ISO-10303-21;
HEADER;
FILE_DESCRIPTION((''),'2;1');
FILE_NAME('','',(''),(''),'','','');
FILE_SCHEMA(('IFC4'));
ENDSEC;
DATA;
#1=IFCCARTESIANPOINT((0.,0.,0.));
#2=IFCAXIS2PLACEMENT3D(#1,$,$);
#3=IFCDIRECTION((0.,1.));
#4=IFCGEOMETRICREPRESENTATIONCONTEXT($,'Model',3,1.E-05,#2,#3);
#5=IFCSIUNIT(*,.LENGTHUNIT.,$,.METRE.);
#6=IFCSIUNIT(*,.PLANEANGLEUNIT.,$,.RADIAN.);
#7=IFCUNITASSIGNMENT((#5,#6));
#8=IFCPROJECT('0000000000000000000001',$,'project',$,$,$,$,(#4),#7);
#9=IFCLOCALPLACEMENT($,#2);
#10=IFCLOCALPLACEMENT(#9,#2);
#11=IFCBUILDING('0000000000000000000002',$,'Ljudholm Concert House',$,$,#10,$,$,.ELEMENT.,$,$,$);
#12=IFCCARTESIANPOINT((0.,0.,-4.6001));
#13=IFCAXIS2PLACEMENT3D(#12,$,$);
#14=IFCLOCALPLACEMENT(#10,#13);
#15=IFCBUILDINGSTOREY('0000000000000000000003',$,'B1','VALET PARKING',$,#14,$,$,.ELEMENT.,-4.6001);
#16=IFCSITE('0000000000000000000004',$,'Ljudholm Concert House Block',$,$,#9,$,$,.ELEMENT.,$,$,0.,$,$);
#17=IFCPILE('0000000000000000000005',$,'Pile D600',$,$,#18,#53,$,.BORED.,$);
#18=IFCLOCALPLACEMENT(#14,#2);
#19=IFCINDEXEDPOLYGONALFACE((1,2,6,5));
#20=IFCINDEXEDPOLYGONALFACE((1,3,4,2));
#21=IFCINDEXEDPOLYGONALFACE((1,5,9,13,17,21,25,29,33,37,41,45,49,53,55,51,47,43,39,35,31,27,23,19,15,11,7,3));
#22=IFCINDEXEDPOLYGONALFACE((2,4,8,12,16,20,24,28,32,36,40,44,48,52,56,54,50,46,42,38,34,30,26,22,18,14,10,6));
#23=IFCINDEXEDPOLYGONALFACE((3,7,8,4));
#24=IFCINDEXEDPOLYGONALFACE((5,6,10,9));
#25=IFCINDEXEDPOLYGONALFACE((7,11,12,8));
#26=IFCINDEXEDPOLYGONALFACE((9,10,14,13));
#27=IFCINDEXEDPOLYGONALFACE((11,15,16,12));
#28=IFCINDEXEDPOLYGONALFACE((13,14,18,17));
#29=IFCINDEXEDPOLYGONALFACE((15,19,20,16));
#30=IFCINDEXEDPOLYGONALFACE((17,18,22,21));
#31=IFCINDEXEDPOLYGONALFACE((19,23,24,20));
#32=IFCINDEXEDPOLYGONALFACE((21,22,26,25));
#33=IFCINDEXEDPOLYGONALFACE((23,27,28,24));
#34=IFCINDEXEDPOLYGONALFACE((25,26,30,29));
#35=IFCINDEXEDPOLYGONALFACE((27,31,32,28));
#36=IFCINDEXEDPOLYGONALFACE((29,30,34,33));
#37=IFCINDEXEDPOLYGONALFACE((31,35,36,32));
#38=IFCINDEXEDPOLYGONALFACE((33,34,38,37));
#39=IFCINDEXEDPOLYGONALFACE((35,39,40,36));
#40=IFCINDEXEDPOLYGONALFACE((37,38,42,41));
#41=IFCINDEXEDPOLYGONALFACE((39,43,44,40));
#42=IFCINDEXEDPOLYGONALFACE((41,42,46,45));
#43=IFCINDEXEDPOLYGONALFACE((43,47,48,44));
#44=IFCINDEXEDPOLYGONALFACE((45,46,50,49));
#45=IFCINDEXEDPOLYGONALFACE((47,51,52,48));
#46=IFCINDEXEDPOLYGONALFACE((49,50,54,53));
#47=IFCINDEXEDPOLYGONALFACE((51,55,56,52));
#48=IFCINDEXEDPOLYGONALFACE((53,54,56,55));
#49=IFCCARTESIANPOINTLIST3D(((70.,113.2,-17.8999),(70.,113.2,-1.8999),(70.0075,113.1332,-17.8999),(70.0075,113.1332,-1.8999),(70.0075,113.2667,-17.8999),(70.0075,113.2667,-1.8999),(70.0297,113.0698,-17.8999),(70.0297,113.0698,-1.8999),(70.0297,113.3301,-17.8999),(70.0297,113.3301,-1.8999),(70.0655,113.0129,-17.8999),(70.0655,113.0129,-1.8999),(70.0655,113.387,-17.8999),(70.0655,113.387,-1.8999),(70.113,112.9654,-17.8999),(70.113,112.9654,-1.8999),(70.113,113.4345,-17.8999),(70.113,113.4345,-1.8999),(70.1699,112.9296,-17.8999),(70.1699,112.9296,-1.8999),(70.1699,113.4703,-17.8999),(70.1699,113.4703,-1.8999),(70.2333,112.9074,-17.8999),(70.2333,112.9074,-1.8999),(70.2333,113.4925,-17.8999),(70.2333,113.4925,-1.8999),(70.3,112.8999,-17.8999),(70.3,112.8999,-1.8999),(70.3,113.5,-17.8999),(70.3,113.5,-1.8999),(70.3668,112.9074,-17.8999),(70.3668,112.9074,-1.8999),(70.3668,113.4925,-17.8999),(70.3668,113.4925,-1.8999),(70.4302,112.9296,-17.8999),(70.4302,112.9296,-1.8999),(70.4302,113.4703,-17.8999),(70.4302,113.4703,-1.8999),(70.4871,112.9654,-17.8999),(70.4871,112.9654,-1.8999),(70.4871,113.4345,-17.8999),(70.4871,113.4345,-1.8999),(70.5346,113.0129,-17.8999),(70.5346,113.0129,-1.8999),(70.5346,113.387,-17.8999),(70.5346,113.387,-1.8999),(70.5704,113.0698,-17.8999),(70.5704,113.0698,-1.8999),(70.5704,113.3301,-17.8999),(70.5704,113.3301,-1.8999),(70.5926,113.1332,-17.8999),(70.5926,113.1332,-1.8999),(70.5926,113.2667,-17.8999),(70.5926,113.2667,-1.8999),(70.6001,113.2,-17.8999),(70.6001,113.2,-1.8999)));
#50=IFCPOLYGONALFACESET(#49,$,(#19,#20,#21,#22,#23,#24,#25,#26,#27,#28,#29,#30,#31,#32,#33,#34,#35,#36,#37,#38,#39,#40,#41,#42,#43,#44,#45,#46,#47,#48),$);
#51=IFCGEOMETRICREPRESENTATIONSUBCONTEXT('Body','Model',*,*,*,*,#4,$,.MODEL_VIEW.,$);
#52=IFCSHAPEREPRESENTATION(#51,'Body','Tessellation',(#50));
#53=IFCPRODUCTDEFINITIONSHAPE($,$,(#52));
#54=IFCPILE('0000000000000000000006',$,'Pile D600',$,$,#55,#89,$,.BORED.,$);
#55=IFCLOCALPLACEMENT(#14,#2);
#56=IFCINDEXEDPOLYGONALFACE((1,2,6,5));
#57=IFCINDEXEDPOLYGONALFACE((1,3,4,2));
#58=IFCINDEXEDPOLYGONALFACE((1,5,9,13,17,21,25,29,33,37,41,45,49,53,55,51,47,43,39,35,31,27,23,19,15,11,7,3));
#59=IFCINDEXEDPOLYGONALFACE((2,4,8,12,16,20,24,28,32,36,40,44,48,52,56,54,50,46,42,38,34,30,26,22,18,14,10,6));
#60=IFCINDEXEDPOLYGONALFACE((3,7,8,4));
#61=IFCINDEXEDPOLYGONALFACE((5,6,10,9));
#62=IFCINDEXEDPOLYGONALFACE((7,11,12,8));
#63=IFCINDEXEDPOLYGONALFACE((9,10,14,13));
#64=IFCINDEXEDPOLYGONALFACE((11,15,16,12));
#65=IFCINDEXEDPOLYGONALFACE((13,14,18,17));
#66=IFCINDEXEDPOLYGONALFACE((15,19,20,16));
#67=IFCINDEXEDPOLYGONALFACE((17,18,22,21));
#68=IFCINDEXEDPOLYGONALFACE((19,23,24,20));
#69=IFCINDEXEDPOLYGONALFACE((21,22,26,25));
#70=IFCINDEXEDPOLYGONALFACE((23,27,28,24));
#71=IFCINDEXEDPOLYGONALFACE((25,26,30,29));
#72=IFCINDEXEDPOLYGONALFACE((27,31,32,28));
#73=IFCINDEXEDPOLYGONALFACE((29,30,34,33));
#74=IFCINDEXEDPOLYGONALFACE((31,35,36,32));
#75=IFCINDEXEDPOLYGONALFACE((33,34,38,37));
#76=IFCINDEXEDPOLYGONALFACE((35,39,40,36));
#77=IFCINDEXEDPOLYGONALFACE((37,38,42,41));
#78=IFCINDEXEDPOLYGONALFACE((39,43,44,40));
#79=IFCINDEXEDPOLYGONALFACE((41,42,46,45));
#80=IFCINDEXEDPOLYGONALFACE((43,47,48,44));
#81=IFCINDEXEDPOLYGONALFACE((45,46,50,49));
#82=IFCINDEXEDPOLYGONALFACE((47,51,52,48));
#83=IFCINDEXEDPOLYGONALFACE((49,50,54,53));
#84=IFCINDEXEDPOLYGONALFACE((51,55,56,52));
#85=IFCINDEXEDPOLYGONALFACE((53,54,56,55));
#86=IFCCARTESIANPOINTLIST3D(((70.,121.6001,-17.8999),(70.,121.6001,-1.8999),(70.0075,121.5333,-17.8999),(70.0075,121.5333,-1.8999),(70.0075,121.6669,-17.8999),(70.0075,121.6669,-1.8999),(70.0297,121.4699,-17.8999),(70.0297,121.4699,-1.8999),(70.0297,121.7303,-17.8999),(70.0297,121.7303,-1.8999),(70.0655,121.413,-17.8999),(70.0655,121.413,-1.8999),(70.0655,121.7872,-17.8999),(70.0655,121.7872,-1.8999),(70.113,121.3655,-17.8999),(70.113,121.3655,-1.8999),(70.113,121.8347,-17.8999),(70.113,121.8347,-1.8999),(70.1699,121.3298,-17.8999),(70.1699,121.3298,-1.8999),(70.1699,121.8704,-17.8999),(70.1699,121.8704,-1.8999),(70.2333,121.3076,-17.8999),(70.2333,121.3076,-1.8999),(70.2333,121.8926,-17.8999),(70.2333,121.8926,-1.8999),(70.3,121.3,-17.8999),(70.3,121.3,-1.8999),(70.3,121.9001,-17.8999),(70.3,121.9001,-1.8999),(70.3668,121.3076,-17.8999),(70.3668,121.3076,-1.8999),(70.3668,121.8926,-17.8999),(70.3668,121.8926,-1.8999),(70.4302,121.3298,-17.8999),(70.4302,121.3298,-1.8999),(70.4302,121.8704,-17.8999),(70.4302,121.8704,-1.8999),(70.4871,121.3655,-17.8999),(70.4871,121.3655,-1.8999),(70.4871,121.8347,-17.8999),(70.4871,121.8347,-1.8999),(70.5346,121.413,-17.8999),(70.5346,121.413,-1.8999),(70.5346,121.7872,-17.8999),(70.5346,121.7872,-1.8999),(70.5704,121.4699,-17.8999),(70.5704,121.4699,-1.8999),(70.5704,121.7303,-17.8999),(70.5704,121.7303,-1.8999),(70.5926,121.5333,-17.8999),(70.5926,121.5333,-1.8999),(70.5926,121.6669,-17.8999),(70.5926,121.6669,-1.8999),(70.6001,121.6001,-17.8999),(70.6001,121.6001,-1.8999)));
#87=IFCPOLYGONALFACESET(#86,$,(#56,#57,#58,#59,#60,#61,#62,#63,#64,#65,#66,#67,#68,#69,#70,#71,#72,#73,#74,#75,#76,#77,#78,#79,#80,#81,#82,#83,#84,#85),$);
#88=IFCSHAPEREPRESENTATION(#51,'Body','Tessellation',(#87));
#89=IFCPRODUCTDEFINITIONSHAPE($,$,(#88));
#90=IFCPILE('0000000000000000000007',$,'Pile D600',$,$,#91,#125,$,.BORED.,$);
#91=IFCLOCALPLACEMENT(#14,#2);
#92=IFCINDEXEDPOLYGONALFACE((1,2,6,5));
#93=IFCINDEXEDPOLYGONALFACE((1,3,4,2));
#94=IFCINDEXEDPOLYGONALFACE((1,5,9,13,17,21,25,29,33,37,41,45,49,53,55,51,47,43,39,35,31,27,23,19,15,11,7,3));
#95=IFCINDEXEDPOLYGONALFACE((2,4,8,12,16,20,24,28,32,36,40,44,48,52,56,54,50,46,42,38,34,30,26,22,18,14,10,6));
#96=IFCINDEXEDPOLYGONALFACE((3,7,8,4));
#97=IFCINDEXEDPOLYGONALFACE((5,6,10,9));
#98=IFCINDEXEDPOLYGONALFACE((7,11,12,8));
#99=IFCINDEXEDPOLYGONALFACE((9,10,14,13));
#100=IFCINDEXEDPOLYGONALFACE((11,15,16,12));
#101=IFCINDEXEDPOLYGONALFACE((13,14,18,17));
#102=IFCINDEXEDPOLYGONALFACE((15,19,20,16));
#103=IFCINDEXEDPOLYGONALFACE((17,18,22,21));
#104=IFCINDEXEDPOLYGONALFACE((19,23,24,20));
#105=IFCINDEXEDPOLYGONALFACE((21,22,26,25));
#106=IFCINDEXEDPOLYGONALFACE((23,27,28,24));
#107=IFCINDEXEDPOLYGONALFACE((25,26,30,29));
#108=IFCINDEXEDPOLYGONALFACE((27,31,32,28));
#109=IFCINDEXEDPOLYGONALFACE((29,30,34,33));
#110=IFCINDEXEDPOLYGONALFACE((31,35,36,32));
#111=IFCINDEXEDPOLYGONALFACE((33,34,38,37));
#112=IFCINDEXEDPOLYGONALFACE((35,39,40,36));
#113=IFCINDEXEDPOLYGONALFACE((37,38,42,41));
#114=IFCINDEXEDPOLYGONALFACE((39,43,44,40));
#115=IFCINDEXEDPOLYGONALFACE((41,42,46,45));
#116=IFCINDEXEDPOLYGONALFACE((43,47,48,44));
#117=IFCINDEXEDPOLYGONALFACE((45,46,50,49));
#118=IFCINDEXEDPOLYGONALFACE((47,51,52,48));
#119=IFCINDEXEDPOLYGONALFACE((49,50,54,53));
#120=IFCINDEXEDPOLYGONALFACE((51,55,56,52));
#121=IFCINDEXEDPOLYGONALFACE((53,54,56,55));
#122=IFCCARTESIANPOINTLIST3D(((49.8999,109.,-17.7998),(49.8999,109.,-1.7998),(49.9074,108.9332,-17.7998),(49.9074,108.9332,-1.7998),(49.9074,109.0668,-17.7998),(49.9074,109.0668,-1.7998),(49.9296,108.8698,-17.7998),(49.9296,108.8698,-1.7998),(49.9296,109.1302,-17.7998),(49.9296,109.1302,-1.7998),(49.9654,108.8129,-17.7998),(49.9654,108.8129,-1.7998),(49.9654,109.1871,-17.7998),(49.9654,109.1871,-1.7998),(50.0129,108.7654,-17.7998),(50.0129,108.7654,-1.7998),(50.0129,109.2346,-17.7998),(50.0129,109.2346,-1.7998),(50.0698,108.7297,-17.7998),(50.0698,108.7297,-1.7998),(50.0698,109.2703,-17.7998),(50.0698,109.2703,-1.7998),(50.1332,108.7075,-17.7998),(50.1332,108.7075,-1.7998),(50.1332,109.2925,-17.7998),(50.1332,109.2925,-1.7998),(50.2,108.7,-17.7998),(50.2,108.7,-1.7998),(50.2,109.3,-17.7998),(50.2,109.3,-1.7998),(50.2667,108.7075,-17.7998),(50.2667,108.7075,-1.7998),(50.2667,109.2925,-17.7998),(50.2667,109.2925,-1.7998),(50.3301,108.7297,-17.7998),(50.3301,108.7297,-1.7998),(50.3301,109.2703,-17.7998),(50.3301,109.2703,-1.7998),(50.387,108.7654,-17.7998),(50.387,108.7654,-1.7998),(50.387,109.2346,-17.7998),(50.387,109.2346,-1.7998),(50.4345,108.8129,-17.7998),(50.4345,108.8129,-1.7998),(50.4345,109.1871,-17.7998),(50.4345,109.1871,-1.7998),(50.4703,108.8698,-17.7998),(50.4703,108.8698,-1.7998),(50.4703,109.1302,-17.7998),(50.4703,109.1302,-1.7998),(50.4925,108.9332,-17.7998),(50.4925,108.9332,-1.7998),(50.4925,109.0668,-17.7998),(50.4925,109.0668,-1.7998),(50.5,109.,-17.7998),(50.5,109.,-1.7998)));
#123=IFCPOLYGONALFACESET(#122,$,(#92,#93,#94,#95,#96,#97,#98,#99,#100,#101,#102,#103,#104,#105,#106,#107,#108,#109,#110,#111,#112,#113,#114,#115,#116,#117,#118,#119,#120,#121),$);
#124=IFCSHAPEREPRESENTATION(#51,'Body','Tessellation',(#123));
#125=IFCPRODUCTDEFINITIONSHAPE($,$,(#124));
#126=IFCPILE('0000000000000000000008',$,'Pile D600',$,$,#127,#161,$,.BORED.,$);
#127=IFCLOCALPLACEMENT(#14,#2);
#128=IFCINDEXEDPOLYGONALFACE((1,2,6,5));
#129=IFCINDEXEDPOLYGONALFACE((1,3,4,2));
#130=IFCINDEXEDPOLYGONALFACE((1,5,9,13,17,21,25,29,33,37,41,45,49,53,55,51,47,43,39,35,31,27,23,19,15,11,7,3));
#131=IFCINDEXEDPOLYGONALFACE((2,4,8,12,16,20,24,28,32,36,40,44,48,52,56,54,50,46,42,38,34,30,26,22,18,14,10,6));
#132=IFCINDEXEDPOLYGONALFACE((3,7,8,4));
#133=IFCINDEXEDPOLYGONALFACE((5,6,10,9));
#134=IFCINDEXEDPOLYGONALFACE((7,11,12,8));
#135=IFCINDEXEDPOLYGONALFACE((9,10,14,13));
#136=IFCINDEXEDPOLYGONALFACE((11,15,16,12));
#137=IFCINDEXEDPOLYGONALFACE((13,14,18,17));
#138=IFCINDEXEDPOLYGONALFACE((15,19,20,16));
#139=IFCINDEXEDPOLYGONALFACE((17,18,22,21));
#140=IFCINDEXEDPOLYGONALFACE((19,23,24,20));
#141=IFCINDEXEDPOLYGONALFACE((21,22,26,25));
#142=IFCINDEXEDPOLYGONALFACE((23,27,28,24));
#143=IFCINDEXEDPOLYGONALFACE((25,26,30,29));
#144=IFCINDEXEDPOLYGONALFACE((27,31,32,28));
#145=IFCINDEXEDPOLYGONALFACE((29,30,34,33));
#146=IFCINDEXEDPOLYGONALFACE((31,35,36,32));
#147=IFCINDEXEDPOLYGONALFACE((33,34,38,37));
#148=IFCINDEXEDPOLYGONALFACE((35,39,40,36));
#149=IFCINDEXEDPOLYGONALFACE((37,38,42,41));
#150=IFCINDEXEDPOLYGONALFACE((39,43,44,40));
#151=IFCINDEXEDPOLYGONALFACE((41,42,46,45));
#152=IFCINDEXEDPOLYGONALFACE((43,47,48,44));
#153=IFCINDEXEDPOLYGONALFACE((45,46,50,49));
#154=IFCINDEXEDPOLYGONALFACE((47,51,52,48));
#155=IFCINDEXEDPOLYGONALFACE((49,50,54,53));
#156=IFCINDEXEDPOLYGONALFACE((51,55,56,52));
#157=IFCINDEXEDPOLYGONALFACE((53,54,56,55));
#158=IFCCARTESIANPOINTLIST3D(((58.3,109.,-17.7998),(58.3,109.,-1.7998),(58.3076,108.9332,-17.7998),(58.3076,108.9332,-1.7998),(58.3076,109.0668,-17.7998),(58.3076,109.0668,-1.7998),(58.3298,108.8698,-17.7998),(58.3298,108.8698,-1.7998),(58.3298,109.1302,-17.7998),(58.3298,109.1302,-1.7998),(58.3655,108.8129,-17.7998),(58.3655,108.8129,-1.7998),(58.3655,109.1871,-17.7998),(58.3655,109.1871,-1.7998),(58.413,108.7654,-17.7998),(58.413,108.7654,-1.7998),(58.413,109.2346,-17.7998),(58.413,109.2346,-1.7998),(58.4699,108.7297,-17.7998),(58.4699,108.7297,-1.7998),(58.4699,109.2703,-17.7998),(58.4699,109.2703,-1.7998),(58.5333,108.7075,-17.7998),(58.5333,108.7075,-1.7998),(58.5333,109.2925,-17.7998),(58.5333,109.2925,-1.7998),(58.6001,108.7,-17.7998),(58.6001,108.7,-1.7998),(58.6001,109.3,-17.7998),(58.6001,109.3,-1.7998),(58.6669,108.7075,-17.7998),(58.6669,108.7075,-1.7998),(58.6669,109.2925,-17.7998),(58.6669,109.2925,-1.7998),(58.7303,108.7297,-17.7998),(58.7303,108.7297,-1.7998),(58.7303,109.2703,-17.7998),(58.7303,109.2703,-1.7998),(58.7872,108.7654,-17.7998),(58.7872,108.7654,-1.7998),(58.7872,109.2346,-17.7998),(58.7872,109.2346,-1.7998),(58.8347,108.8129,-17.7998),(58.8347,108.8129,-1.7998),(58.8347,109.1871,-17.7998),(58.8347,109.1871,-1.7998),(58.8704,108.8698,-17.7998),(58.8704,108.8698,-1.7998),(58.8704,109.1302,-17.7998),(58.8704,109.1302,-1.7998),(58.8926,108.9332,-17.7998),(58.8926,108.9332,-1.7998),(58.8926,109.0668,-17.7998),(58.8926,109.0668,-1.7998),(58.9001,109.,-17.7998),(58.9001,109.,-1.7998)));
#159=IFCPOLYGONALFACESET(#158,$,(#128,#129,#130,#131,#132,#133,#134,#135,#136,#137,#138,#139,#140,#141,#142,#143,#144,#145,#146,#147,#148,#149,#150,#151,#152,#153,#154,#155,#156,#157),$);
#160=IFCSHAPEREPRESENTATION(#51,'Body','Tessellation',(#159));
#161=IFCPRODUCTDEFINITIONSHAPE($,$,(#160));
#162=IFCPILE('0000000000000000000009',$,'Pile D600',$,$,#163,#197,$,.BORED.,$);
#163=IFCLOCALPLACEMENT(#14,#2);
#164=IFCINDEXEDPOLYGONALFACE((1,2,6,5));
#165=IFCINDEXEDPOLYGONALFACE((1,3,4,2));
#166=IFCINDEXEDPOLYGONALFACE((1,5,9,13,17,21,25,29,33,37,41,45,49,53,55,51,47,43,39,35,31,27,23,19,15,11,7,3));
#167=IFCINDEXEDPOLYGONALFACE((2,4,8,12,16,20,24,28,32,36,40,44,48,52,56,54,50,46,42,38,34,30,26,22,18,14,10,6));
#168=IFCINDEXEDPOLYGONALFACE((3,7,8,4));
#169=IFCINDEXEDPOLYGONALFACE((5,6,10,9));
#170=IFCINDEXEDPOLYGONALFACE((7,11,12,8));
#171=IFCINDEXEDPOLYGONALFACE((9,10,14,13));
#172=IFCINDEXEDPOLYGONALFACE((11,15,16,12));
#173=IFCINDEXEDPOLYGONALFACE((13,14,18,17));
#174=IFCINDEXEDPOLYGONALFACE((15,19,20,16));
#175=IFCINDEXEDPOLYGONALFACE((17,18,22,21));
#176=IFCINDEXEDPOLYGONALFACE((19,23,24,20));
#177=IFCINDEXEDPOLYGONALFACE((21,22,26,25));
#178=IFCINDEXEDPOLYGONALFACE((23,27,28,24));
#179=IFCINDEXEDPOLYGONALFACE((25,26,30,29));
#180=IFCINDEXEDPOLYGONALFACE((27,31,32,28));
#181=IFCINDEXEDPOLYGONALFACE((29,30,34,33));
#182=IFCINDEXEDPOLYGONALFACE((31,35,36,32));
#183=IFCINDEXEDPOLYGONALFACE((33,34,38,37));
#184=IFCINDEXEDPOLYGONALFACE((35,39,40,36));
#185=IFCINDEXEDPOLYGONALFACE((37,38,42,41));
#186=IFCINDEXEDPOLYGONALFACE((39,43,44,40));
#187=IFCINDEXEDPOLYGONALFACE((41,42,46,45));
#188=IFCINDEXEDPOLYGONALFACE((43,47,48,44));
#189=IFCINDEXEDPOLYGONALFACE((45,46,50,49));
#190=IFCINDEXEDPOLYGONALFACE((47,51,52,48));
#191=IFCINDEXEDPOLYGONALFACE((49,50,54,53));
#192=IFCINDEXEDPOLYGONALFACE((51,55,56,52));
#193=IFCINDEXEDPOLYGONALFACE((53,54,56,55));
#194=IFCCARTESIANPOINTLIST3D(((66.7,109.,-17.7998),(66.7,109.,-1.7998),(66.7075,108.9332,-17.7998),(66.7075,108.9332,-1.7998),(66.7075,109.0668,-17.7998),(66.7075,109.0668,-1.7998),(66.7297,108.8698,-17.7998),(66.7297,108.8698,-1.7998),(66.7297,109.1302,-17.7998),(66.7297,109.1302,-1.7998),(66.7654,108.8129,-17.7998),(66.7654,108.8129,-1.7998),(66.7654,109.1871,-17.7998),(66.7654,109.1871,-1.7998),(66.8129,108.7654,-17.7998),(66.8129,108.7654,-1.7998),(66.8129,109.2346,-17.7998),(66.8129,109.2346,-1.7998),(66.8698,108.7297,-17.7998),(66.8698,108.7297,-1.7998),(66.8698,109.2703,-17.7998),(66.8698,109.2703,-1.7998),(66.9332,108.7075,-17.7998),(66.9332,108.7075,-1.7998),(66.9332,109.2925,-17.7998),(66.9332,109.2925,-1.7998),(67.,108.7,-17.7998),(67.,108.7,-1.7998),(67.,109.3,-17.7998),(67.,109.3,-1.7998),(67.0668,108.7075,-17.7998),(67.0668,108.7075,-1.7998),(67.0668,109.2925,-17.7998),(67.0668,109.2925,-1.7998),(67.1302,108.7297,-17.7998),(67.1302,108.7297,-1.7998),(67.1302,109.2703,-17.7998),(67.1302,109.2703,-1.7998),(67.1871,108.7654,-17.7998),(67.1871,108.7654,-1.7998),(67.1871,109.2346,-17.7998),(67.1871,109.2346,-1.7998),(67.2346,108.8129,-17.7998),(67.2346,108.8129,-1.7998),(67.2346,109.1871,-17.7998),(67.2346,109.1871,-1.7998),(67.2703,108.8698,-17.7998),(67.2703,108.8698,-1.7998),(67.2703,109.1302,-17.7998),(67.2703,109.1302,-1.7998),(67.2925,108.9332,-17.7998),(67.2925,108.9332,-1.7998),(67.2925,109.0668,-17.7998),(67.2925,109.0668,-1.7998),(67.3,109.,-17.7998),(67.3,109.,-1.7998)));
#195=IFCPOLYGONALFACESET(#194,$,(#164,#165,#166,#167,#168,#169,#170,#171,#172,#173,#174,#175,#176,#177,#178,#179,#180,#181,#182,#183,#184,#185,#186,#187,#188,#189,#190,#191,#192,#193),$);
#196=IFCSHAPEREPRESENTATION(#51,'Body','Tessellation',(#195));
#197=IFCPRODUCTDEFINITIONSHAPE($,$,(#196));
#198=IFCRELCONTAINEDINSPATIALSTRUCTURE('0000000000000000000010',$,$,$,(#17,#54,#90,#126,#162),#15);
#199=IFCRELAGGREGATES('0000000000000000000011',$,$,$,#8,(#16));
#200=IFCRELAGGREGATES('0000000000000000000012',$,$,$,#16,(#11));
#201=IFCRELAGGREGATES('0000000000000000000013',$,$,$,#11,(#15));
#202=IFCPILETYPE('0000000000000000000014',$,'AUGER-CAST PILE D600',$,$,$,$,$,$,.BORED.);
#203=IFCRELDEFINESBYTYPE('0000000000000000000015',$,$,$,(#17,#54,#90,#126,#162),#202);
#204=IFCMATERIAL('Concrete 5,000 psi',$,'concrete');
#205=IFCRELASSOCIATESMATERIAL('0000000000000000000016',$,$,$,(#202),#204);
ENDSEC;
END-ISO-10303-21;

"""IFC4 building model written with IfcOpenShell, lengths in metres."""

from ifc_helpers import new_model, si_unit, direction, frame, origin, origin_2d, place, context, subcontext, project, spatial, circle, extrude, material, material_profile, profile_set, type_object, element, save


model = new_model("IFC4")

# Units and contexts
model_context = context("Model", 3, precision=1e-05, world=origin(), true_north=direction((0.0, 1.0)))
body_context = subcontext(model_context, "Body", "Model", "MODEL_VIEW")
ifc_project = project(units=[si_unit("LENGTHUNIT", "METRE"), si_unit("PLANEANGLEUNIT", "RADIAN")], contexts=[model_context])

# Site, building, storey
site_placement = place(None, origin())
site = spatial("IfcSite", under=ifc_project, at=site_placement, Name="Ljudholm Concert House Block", CompositionType="ELEMENT", RefElevation=0.0)
building_placement = place(site_placement, origin())
building = spatial("IfcBuilding", under=site, at=building_placement, Name="Ljudholm Concert House", CompositionType="ELEMENT")
storey_placement = place(building_placement, frame((0.0, 0.0, -4.6001)))
storey = spatial("IfcBuildingStorey", under=building, at=storey_placement, Name="B1", Description="VALET PARKING", CompositionType="ELEMENT", Elevation=-4.6001)

# Piles
ifc_material_1 = material(Name="Concrete 5,000 psi", Category="concrete")
ifc_material_profile_1 = material_profile(ifc_material_1, circle(Radius=0.3, at=origin_2d()), Name="AUGER-CAST PILE D600")
ifc_profile_set_1 = profile_set([ifc_material_profile_1], Name="Concrete 5,000 psi")
pile_type = type_object("IfcPileType", Name="AUGER-CAST PILE D600", PredefinedType="BORED", material=ifc_profile_set_1)
for number, where, z_axis, x_axis, name in (
    (1, (70.3, 113.2, -1.8999), (0.0, 0.0, -1.0), (1.0, 0.0, 0.0), "Pile D600"),
    (2, (70.3, 121.6001, -1.8999), (0.0, 0.0, -1.0), (1.0, 0.0, 0.0), "Pile D600"),
    (3, (50.2, 109.0, -1.7998), (0.0, 0.0, -1.0), (1.0, 0.0, 0.0), "Pile D600"),
    (4, (58.6001, 109.0, -1.7998), (0.0, 0.0, -1.0), (1.0, 0.0, 0.0), "Pile D600"),
    (5, (67.0, 109.0, -1.7998), (0.0, 0.0, -1.0), (1.0, 0.0, 0.0), "Pile D600"),
):
    element("IfcPile", number, at=place(storey_placement, frame(where, z_axis=z_axis, x_axis=x_axis)), inside=storey, type_object=pile_type, Name=name, PredefinedType="BORED", context=body_context, shape_type="SweptSolid", body=[
        extrude(circle(Radius=0.3, at=origin_2d()), origin(), (0.0, 0.0, 1.0), 16.0),
    ])

save(model, "model.ifc")
